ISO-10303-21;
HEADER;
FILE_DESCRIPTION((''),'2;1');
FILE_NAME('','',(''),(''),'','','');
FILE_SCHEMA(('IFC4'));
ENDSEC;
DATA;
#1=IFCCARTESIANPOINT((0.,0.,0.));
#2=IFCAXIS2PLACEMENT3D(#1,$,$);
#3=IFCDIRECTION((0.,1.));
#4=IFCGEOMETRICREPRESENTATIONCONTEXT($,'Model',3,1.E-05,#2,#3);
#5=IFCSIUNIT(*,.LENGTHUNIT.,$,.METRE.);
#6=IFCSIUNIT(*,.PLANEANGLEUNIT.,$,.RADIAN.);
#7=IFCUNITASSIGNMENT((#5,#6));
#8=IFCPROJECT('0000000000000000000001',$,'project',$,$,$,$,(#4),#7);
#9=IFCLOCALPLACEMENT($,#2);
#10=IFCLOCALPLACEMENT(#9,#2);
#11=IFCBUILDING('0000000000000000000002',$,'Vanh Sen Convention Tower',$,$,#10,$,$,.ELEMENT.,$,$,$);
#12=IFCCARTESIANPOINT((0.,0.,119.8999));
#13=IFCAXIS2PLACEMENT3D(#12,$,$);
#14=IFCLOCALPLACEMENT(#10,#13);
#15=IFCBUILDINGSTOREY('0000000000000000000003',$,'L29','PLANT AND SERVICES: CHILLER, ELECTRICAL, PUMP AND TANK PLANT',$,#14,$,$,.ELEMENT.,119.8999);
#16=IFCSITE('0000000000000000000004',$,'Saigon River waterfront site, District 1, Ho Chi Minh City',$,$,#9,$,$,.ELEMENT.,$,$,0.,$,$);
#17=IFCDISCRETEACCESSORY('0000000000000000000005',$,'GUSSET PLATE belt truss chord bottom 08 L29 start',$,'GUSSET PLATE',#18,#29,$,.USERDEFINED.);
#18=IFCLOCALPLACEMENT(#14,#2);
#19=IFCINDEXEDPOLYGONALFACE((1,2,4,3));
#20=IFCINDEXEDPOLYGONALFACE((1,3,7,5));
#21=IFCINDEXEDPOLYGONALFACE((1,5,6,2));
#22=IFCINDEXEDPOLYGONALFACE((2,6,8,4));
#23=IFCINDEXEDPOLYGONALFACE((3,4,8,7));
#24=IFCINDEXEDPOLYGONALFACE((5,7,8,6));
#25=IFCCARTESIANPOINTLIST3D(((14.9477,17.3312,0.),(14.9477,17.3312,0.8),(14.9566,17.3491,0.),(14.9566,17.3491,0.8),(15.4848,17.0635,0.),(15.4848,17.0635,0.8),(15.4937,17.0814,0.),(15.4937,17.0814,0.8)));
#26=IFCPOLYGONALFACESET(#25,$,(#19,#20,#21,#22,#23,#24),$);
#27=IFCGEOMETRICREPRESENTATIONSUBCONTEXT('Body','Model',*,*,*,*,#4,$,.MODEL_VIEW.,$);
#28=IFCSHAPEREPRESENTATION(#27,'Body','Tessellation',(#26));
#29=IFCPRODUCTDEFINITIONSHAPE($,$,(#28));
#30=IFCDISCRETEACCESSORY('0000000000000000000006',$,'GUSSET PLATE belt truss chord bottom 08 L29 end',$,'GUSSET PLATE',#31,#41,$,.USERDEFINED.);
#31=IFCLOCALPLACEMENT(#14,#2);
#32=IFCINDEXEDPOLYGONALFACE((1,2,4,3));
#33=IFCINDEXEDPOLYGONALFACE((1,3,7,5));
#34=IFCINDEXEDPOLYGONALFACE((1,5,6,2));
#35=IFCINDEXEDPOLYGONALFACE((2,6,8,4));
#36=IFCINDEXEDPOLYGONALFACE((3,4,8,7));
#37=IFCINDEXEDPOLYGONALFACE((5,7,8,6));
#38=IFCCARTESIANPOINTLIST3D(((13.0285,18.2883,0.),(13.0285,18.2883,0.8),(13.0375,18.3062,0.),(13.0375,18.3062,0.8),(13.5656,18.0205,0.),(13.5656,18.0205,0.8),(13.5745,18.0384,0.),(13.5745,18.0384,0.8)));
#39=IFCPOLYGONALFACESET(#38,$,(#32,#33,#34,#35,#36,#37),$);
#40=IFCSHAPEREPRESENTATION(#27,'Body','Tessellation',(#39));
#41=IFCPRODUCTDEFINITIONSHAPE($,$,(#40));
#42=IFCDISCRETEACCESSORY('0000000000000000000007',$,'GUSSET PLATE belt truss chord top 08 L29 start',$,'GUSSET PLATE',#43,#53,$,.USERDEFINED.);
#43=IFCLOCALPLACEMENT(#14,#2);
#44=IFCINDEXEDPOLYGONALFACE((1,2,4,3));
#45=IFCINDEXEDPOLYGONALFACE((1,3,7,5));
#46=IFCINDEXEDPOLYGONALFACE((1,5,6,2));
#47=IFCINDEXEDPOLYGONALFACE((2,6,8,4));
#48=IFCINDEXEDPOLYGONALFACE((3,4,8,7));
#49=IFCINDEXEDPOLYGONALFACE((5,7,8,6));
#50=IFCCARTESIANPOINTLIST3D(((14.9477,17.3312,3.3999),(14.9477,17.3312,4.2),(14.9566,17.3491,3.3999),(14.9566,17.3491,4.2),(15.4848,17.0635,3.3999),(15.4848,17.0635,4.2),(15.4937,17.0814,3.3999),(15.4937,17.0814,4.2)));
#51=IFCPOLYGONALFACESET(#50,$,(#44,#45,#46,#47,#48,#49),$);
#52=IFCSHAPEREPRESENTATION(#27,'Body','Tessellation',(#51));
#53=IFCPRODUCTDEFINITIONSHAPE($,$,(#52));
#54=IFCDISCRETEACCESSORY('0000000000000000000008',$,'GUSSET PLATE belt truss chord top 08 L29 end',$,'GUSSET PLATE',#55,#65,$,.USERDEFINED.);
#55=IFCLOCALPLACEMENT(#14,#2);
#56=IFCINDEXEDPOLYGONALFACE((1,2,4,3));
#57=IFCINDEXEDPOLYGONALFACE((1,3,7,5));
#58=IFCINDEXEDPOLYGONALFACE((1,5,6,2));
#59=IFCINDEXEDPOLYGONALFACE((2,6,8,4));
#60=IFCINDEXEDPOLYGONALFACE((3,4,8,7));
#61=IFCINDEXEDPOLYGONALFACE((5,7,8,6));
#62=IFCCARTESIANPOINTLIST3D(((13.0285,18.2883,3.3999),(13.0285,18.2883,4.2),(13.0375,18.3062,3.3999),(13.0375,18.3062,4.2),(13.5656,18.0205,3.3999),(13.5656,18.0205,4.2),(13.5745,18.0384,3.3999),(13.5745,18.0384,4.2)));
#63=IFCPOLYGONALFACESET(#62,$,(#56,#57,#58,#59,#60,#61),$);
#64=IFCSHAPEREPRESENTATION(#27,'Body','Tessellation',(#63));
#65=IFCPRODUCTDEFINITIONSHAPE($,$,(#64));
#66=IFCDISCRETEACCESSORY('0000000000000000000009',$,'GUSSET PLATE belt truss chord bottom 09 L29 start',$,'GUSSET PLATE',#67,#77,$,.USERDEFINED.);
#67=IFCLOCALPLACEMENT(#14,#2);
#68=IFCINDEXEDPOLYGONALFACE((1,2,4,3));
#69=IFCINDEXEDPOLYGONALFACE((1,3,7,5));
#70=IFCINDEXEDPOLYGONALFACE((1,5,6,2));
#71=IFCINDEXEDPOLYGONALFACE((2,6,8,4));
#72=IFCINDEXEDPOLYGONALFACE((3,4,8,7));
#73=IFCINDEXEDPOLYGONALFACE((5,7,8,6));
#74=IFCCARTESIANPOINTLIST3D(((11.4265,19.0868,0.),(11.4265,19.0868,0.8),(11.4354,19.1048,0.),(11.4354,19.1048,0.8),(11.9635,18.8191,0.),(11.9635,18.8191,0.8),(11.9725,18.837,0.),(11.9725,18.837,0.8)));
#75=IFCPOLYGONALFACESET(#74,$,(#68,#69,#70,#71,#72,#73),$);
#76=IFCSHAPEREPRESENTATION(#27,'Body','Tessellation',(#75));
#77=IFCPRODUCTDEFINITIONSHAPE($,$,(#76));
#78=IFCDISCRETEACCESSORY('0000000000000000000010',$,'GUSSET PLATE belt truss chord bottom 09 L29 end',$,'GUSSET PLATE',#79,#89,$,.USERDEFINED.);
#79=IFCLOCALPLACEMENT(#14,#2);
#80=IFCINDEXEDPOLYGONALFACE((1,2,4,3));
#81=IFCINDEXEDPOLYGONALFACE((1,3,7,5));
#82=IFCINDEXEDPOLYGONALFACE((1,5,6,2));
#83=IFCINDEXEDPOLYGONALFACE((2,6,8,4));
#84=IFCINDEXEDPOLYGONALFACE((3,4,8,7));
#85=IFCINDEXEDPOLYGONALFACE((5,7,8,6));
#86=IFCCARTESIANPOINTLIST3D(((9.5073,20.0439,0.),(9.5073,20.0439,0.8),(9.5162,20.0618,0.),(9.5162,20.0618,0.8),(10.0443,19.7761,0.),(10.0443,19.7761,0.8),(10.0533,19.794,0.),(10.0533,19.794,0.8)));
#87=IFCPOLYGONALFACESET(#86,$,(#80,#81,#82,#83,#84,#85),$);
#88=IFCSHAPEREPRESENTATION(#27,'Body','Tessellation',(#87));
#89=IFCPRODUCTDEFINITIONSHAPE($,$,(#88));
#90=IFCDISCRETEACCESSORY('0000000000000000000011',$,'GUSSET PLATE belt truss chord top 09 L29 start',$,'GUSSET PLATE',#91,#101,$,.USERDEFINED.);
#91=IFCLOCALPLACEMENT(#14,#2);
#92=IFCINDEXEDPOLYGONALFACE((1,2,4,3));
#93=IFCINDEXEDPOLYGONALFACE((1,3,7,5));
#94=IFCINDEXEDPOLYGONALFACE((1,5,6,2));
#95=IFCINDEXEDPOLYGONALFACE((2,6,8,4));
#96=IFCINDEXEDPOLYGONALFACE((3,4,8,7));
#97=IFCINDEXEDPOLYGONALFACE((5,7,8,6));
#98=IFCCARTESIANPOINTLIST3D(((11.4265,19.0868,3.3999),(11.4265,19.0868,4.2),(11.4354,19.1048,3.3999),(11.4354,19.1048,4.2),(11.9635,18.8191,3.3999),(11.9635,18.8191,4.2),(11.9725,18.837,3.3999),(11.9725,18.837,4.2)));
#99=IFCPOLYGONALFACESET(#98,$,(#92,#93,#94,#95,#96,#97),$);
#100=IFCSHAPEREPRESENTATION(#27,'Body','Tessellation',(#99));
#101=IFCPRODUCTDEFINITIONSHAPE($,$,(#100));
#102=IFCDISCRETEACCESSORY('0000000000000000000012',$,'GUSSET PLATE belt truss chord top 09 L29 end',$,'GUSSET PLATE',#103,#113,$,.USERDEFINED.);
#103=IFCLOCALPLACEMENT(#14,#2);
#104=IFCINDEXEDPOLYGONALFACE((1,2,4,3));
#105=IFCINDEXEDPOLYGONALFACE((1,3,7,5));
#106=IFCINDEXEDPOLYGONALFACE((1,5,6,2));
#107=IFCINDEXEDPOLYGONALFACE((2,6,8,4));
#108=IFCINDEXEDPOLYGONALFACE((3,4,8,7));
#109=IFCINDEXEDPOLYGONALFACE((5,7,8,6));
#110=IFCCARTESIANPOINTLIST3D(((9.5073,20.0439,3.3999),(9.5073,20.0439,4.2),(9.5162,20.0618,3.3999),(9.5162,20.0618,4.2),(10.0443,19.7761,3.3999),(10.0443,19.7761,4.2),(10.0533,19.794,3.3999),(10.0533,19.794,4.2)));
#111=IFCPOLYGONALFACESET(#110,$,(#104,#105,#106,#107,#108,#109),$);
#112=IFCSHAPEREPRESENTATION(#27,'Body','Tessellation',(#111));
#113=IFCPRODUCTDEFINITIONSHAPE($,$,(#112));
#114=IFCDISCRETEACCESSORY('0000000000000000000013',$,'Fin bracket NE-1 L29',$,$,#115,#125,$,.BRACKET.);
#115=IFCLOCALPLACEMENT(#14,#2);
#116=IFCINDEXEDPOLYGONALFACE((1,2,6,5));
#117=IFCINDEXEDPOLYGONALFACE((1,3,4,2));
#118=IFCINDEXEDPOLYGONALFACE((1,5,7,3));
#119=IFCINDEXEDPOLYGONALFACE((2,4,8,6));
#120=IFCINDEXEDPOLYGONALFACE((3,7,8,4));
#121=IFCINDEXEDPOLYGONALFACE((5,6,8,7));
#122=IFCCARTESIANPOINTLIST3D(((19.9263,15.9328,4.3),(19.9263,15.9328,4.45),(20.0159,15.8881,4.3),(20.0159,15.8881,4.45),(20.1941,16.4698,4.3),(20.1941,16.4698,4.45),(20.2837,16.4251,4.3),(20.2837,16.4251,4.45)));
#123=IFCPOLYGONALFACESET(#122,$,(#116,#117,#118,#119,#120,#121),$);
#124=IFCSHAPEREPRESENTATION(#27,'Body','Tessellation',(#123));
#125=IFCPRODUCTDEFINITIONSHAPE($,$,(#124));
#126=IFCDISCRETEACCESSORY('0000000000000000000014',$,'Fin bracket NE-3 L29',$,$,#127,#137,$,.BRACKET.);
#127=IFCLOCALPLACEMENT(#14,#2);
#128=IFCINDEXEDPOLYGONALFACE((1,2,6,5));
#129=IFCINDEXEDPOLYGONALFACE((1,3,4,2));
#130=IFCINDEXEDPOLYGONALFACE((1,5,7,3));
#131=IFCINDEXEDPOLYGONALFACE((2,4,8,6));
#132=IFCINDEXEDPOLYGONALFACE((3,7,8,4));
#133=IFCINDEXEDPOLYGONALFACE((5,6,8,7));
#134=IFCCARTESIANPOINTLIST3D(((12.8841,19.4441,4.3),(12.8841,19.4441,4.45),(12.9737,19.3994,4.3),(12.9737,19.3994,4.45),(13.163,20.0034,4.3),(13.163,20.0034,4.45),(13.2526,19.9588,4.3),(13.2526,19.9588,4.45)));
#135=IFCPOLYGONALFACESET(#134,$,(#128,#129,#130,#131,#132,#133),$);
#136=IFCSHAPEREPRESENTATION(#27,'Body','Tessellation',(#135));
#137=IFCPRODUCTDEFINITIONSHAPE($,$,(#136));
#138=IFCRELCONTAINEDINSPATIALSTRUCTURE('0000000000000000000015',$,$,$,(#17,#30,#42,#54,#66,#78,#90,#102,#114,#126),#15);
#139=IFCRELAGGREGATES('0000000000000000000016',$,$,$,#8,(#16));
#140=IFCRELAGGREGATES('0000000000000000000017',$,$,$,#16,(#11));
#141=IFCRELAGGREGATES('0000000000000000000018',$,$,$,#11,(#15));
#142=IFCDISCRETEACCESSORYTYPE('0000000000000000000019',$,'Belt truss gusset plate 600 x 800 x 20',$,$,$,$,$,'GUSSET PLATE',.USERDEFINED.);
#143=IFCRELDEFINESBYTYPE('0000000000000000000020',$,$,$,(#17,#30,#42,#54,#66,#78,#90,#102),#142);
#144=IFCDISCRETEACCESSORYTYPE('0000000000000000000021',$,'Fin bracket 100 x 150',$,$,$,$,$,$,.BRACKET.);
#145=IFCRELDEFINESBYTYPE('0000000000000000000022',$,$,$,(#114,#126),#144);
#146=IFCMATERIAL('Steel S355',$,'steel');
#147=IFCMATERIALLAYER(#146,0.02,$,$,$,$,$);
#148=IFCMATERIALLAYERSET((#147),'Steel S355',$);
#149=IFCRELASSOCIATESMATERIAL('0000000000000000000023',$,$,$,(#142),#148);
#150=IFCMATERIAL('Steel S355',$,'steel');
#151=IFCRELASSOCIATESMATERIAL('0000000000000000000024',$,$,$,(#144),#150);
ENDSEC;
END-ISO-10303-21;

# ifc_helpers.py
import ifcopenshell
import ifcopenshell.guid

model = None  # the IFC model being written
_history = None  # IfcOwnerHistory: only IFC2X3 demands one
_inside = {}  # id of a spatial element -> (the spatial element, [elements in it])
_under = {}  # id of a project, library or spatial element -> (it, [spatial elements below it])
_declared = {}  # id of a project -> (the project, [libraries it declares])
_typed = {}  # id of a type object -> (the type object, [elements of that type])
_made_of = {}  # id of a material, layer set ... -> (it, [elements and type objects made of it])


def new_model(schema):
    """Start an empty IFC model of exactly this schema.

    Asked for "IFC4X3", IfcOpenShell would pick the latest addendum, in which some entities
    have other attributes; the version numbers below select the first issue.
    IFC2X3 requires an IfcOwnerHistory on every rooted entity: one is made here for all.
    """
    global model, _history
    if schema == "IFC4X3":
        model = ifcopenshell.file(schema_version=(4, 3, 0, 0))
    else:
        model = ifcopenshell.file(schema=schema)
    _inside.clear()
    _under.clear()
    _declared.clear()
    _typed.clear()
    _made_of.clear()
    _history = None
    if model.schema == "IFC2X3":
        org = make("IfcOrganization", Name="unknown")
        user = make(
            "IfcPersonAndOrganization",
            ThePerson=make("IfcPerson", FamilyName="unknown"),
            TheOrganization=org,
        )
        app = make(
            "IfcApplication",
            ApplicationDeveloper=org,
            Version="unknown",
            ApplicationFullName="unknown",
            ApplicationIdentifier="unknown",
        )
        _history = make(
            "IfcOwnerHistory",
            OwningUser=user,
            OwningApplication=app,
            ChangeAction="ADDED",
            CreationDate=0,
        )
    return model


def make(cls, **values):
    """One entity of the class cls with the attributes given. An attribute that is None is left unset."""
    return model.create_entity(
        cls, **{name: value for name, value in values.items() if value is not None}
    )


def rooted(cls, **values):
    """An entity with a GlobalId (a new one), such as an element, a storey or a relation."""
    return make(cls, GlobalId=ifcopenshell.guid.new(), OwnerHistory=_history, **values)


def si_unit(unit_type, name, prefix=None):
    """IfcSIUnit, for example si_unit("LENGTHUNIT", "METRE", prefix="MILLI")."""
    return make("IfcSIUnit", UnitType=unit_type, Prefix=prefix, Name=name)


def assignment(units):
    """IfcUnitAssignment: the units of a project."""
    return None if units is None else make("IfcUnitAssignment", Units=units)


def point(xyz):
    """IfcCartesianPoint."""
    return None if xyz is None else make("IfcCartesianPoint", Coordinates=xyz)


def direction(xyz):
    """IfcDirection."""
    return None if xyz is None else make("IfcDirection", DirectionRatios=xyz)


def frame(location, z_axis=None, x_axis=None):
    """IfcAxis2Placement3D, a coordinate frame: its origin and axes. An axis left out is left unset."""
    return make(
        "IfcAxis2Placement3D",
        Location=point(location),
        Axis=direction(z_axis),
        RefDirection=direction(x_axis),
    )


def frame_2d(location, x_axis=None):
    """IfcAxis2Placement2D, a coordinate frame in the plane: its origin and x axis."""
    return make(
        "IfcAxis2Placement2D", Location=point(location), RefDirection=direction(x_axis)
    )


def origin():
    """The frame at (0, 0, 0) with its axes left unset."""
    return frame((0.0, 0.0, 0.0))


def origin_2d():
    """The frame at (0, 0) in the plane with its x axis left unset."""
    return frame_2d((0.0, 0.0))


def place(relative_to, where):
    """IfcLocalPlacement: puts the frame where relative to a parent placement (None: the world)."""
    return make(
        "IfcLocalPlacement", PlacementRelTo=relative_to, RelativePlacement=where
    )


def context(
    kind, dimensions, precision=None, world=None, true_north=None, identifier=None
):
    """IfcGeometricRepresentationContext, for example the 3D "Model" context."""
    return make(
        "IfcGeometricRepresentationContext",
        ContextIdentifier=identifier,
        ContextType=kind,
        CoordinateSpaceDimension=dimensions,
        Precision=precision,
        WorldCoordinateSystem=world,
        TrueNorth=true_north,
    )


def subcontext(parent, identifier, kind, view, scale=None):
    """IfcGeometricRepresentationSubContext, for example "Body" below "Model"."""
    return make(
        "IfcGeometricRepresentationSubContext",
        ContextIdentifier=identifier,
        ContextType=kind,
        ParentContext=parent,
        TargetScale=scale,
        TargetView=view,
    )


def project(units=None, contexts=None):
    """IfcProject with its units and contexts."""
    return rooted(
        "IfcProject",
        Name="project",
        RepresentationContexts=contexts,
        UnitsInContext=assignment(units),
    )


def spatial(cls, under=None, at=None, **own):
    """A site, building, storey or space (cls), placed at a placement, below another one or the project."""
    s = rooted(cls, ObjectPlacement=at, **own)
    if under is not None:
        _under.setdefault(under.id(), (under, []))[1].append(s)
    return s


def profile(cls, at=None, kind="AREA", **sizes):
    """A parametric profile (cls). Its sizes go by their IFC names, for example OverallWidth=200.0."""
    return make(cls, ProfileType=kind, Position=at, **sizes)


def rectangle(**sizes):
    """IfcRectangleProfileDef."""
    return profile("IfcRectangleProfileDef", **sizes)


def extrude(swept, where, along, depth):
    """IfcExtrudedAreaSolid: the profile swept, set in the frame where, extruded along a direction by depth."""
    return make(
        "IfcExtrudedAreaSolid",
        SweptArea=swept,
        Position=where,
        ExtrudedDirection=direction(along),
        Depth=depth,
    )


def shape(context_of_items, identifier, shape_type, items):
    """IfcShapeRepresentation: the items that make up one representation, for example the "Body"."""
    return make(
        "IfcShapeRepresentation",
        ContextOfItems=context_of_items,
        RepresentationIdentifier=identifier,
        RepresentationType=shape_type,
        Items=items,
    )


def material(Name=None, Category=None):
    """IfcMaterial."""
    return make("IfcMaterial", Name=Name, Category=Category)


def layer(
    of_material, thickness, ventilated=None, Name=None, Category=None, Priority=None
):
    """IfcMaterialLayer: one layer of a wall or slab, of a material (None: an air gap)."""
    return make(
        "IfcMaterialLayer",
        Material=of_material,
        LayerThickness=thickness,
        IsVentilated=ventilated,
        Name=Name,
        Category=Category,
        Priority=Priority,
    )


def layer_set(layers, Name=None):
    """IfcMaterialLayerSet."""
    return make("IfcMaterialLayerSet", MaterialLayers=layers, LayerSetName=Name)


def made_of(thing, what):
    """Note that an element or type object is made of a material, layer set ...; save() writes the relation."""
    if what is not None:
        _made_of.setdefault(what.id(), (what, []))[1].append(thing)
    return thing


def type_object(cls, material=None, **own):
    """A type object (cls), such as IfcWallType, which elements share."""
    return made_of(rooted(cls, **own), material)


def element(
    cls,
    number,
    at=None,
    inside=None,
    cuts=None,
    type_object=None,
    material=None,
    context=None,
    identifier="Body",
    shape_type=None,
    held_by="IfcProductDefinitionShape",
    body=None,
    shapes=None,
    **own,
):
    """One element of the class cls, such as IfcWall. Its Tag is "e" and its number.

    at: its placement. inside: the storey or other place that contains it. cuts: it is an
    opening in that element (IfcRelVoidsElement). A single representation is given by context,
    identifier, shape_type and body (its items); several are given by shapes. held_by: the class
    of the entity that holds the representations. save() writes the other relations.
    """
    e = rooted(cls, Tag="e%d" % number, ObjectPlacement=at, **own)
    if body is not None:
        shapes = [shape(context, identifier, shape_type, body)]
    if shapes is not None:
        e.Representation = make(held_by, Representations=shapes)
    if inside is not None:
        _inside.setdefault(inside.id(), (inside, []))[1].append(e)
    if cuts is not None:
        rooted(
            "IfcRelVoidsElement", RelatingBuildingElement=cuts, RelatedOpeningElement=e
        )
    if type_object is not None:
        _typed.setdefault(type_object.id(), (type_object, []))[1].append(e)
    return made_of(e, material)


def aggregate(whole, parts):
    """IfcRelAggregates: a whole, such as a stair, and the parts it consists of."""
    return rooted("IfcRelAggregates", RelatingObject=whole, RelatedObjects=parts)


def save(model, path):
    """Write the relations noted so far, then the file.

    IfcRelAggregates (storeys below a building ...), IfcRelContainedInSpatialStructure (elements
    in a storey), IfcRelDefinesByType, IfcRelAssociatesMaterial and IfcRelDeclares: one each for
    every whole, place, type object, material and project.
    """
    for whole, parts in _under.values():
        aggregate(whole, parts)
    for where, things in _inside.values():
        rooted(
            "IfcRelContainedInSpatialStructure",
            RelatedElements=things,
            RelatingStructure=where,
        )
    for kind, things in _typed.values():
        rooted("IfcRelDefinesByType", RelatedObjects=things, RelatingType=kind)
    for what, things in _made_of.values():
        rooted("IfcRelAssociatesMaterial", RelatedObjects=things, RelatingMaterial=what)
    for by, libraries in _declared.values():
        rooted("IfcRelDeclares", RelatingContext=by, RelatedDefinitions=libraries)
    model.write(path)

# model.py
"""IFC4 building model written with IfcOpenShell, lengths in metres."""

from ifc_helpers import new_model, si_unit, direction, frame, origin, origin_2d, place, context, subcontext, project, spatial, rectangle, extrude, material, layer, layer_set, type_object, element, save


model = new_model("IFC4")

# Units and contexts
model_context = context("Model", 3, precision=1e-05, world=origin(), true_north=direction((0.0, 1.0)))
body_context = subcontext(model_context, "Body", "Model", "MODEL_VIEW")
ifc_project = project(units=[si_unit("LENGTHUNIT", "METRE"), si_unit("PLANEANGLEUNIT", "RADIAN")], contexts=[model_context])

# Site, building, storey
site_placement = place(None, origin())
site = spatial("IfcSite", under=ifc_project, at=site_placement, Name="Saigon River waterfront site, District 1, Ho Chi Minh City", CompositionType="ELEMENT", RefElevation=0.0)
building_placement = place(site_placement, origin())
building = spatial("IfcBuilding", under=site, at=building_placement, Name="Vanh Sen Convention Tower", CompositionType="ELEMENT")
storey_placement = place(building_placement, frame((0.0, 0.0, 119.8999)))
storey = spatial("IfcBuildingStorey", under=building, at=storey_placement, Name="L29", Description="PLANT AND SERVICES: CHILLER, ELECTRICAL, PUMP AND TANK PLANT", CompositionType="ELEMENT", Elevation=119.8999)

# Shared definitions
ifc_material_1 = material(Name="Steel S355", Category="steel")

# Discrete accessories
ifc_layer_1 = layer(ifc_material_1, 0.02)
ifc_layer_set_1 = layer_set([ifc_layer_1], Name="Steel S355")
discrete_accessory_type_1 = type_object("IfcDiscreteAccessoryType", Name="Belt truss gusset plate 600 x 800 x 20", ElementType="GUSSET PLATE", PredefinedType="USERDEFINED", material=ifc_layer_set_1)
for number, where, z_axis, x_axis, name in (
    (1, (15.2207, 17.2063, 0.0), (0.0, 0.0, 1.0), (-0.894935, 0.446196, 0.0), "GUSSET PLATE belt truss chord bottom 08 L29 start"),
    (2, (13.3015, 18.1633, 0.0), (0.0, 0.0, 1.0), (0.894935, -0.446196, 0.0), "GUSSET PLATE belt truss chord bottom 08 L29 end"),
    (3, (15.2207, 17.2063, 3.3999), (0.0, 0.0, 1.0), (-0.894935, 0.446196, 0.0), "GUSSET PLATE belt truss chord top 08 L29 start"),
    (4, (13.3015, 18.1633, 3.3999), (0.0, 0.0, 1.0), (0.894935, -0.446196, 0.0), "GUSSET PLATE belt truss chord top 08 L29 end"),
    (5, (11.6995, 18.9619, 0.0), (0.0, 0.0, 1.0), (-0.894935, 0.446196, 0.0), "GUSSET PLATE belt truss chord bottom 09 L29 start"),
    (6, (9.7803, 19.9189, 0.0), (0.0, 0.0, 1.0), (0.894935, -0.446196, 0.0), "GUSSET PLATE belt truss chord bottom 09 L29 end"),
    (7, (11.6995, 18.9619, 3.3999), (0.0, 0.0, 1.0), (-0.894935, 0.446196, 0.0), "GUSSET PLATE belt truss chord top 09 L29 start"),
    (8, (9.7803, 19.9189, 3.3999), (0.0, 0.0, 1.0), (0.894935, -0.446196, 0.0), "GUSSET PLATE belt truss chord top 09 L29 end"),
):
    element("IfcDiscreteAccessory", number, at=place(storey_placement, frame(where, z_axis=z_axis, x_axis=x_axis)), inside=storey, type_object=discrete_accessory_type_1, Name=name, ObjectType="GUSSET PLATE", PredefinedType="USERDEFINED", context=body_context, shape_type="SweptSolid", body=[
        extrude(rectangle(XDim=0.6001, YDim=0.02, at=origin_2d()), origin(), (0.0, 0.0, 1.0), 0.8),
    ])
ifc_material_2 = material(Name="Steel S355", Category="steel")
discrete_accessory_type_2 = type_object("IfcDiscreteAccessoryType", Name="Fin bracket 100 x 150", PredefinedType="BRACKET", material=ifc_material_2)
discrete_accessory_1_placement = place(storey_placement, frame((20.105, 16.179, 4.3), z_axis=(0.0, 0.0, 1.0), x_axis=(0.446198, 0.894934, 0.0)))
element("IfcDiscreteAccessory", 9, at=discrete_accessory_1_placement, inside=storey, type_object=discrete_accessory_type_2, Name="Fin bracket NE-1 L29", PredefinedType="BRACKET", context=body_context, shape_type="SweptSolid", body=[
    extrude(rectangle(XDim=0.6001, YDim=0.1001, at=origin_2d()), origin(), (0.0, 0.0, 1.0), 0.1499),
])
discrete_accessory_2_placement = place(storey_placement, frame((13.0684, 19.7014, 4.3), z_axis=(0.0, 0.0, 1.0), x_axis=(0.446198, 0.894934, 0.0)))
element("IfcDiscreteAccessory", 10, at=discrete_accessory_2_placement, inside=storey, type_object=discrete_accessory_type_2, Name="Fin bracket NE-3 L29", PredefinedType="BRACKET", context=body_context, shape_type="SweptSolid", body=[
    extrude(rectangle(XDim=0.625, YDim=0.1001, at=origin_2d()), origin(), (0.0, 0.0, 1.0), 0.1499),
])

save(model, "model.ifc")
